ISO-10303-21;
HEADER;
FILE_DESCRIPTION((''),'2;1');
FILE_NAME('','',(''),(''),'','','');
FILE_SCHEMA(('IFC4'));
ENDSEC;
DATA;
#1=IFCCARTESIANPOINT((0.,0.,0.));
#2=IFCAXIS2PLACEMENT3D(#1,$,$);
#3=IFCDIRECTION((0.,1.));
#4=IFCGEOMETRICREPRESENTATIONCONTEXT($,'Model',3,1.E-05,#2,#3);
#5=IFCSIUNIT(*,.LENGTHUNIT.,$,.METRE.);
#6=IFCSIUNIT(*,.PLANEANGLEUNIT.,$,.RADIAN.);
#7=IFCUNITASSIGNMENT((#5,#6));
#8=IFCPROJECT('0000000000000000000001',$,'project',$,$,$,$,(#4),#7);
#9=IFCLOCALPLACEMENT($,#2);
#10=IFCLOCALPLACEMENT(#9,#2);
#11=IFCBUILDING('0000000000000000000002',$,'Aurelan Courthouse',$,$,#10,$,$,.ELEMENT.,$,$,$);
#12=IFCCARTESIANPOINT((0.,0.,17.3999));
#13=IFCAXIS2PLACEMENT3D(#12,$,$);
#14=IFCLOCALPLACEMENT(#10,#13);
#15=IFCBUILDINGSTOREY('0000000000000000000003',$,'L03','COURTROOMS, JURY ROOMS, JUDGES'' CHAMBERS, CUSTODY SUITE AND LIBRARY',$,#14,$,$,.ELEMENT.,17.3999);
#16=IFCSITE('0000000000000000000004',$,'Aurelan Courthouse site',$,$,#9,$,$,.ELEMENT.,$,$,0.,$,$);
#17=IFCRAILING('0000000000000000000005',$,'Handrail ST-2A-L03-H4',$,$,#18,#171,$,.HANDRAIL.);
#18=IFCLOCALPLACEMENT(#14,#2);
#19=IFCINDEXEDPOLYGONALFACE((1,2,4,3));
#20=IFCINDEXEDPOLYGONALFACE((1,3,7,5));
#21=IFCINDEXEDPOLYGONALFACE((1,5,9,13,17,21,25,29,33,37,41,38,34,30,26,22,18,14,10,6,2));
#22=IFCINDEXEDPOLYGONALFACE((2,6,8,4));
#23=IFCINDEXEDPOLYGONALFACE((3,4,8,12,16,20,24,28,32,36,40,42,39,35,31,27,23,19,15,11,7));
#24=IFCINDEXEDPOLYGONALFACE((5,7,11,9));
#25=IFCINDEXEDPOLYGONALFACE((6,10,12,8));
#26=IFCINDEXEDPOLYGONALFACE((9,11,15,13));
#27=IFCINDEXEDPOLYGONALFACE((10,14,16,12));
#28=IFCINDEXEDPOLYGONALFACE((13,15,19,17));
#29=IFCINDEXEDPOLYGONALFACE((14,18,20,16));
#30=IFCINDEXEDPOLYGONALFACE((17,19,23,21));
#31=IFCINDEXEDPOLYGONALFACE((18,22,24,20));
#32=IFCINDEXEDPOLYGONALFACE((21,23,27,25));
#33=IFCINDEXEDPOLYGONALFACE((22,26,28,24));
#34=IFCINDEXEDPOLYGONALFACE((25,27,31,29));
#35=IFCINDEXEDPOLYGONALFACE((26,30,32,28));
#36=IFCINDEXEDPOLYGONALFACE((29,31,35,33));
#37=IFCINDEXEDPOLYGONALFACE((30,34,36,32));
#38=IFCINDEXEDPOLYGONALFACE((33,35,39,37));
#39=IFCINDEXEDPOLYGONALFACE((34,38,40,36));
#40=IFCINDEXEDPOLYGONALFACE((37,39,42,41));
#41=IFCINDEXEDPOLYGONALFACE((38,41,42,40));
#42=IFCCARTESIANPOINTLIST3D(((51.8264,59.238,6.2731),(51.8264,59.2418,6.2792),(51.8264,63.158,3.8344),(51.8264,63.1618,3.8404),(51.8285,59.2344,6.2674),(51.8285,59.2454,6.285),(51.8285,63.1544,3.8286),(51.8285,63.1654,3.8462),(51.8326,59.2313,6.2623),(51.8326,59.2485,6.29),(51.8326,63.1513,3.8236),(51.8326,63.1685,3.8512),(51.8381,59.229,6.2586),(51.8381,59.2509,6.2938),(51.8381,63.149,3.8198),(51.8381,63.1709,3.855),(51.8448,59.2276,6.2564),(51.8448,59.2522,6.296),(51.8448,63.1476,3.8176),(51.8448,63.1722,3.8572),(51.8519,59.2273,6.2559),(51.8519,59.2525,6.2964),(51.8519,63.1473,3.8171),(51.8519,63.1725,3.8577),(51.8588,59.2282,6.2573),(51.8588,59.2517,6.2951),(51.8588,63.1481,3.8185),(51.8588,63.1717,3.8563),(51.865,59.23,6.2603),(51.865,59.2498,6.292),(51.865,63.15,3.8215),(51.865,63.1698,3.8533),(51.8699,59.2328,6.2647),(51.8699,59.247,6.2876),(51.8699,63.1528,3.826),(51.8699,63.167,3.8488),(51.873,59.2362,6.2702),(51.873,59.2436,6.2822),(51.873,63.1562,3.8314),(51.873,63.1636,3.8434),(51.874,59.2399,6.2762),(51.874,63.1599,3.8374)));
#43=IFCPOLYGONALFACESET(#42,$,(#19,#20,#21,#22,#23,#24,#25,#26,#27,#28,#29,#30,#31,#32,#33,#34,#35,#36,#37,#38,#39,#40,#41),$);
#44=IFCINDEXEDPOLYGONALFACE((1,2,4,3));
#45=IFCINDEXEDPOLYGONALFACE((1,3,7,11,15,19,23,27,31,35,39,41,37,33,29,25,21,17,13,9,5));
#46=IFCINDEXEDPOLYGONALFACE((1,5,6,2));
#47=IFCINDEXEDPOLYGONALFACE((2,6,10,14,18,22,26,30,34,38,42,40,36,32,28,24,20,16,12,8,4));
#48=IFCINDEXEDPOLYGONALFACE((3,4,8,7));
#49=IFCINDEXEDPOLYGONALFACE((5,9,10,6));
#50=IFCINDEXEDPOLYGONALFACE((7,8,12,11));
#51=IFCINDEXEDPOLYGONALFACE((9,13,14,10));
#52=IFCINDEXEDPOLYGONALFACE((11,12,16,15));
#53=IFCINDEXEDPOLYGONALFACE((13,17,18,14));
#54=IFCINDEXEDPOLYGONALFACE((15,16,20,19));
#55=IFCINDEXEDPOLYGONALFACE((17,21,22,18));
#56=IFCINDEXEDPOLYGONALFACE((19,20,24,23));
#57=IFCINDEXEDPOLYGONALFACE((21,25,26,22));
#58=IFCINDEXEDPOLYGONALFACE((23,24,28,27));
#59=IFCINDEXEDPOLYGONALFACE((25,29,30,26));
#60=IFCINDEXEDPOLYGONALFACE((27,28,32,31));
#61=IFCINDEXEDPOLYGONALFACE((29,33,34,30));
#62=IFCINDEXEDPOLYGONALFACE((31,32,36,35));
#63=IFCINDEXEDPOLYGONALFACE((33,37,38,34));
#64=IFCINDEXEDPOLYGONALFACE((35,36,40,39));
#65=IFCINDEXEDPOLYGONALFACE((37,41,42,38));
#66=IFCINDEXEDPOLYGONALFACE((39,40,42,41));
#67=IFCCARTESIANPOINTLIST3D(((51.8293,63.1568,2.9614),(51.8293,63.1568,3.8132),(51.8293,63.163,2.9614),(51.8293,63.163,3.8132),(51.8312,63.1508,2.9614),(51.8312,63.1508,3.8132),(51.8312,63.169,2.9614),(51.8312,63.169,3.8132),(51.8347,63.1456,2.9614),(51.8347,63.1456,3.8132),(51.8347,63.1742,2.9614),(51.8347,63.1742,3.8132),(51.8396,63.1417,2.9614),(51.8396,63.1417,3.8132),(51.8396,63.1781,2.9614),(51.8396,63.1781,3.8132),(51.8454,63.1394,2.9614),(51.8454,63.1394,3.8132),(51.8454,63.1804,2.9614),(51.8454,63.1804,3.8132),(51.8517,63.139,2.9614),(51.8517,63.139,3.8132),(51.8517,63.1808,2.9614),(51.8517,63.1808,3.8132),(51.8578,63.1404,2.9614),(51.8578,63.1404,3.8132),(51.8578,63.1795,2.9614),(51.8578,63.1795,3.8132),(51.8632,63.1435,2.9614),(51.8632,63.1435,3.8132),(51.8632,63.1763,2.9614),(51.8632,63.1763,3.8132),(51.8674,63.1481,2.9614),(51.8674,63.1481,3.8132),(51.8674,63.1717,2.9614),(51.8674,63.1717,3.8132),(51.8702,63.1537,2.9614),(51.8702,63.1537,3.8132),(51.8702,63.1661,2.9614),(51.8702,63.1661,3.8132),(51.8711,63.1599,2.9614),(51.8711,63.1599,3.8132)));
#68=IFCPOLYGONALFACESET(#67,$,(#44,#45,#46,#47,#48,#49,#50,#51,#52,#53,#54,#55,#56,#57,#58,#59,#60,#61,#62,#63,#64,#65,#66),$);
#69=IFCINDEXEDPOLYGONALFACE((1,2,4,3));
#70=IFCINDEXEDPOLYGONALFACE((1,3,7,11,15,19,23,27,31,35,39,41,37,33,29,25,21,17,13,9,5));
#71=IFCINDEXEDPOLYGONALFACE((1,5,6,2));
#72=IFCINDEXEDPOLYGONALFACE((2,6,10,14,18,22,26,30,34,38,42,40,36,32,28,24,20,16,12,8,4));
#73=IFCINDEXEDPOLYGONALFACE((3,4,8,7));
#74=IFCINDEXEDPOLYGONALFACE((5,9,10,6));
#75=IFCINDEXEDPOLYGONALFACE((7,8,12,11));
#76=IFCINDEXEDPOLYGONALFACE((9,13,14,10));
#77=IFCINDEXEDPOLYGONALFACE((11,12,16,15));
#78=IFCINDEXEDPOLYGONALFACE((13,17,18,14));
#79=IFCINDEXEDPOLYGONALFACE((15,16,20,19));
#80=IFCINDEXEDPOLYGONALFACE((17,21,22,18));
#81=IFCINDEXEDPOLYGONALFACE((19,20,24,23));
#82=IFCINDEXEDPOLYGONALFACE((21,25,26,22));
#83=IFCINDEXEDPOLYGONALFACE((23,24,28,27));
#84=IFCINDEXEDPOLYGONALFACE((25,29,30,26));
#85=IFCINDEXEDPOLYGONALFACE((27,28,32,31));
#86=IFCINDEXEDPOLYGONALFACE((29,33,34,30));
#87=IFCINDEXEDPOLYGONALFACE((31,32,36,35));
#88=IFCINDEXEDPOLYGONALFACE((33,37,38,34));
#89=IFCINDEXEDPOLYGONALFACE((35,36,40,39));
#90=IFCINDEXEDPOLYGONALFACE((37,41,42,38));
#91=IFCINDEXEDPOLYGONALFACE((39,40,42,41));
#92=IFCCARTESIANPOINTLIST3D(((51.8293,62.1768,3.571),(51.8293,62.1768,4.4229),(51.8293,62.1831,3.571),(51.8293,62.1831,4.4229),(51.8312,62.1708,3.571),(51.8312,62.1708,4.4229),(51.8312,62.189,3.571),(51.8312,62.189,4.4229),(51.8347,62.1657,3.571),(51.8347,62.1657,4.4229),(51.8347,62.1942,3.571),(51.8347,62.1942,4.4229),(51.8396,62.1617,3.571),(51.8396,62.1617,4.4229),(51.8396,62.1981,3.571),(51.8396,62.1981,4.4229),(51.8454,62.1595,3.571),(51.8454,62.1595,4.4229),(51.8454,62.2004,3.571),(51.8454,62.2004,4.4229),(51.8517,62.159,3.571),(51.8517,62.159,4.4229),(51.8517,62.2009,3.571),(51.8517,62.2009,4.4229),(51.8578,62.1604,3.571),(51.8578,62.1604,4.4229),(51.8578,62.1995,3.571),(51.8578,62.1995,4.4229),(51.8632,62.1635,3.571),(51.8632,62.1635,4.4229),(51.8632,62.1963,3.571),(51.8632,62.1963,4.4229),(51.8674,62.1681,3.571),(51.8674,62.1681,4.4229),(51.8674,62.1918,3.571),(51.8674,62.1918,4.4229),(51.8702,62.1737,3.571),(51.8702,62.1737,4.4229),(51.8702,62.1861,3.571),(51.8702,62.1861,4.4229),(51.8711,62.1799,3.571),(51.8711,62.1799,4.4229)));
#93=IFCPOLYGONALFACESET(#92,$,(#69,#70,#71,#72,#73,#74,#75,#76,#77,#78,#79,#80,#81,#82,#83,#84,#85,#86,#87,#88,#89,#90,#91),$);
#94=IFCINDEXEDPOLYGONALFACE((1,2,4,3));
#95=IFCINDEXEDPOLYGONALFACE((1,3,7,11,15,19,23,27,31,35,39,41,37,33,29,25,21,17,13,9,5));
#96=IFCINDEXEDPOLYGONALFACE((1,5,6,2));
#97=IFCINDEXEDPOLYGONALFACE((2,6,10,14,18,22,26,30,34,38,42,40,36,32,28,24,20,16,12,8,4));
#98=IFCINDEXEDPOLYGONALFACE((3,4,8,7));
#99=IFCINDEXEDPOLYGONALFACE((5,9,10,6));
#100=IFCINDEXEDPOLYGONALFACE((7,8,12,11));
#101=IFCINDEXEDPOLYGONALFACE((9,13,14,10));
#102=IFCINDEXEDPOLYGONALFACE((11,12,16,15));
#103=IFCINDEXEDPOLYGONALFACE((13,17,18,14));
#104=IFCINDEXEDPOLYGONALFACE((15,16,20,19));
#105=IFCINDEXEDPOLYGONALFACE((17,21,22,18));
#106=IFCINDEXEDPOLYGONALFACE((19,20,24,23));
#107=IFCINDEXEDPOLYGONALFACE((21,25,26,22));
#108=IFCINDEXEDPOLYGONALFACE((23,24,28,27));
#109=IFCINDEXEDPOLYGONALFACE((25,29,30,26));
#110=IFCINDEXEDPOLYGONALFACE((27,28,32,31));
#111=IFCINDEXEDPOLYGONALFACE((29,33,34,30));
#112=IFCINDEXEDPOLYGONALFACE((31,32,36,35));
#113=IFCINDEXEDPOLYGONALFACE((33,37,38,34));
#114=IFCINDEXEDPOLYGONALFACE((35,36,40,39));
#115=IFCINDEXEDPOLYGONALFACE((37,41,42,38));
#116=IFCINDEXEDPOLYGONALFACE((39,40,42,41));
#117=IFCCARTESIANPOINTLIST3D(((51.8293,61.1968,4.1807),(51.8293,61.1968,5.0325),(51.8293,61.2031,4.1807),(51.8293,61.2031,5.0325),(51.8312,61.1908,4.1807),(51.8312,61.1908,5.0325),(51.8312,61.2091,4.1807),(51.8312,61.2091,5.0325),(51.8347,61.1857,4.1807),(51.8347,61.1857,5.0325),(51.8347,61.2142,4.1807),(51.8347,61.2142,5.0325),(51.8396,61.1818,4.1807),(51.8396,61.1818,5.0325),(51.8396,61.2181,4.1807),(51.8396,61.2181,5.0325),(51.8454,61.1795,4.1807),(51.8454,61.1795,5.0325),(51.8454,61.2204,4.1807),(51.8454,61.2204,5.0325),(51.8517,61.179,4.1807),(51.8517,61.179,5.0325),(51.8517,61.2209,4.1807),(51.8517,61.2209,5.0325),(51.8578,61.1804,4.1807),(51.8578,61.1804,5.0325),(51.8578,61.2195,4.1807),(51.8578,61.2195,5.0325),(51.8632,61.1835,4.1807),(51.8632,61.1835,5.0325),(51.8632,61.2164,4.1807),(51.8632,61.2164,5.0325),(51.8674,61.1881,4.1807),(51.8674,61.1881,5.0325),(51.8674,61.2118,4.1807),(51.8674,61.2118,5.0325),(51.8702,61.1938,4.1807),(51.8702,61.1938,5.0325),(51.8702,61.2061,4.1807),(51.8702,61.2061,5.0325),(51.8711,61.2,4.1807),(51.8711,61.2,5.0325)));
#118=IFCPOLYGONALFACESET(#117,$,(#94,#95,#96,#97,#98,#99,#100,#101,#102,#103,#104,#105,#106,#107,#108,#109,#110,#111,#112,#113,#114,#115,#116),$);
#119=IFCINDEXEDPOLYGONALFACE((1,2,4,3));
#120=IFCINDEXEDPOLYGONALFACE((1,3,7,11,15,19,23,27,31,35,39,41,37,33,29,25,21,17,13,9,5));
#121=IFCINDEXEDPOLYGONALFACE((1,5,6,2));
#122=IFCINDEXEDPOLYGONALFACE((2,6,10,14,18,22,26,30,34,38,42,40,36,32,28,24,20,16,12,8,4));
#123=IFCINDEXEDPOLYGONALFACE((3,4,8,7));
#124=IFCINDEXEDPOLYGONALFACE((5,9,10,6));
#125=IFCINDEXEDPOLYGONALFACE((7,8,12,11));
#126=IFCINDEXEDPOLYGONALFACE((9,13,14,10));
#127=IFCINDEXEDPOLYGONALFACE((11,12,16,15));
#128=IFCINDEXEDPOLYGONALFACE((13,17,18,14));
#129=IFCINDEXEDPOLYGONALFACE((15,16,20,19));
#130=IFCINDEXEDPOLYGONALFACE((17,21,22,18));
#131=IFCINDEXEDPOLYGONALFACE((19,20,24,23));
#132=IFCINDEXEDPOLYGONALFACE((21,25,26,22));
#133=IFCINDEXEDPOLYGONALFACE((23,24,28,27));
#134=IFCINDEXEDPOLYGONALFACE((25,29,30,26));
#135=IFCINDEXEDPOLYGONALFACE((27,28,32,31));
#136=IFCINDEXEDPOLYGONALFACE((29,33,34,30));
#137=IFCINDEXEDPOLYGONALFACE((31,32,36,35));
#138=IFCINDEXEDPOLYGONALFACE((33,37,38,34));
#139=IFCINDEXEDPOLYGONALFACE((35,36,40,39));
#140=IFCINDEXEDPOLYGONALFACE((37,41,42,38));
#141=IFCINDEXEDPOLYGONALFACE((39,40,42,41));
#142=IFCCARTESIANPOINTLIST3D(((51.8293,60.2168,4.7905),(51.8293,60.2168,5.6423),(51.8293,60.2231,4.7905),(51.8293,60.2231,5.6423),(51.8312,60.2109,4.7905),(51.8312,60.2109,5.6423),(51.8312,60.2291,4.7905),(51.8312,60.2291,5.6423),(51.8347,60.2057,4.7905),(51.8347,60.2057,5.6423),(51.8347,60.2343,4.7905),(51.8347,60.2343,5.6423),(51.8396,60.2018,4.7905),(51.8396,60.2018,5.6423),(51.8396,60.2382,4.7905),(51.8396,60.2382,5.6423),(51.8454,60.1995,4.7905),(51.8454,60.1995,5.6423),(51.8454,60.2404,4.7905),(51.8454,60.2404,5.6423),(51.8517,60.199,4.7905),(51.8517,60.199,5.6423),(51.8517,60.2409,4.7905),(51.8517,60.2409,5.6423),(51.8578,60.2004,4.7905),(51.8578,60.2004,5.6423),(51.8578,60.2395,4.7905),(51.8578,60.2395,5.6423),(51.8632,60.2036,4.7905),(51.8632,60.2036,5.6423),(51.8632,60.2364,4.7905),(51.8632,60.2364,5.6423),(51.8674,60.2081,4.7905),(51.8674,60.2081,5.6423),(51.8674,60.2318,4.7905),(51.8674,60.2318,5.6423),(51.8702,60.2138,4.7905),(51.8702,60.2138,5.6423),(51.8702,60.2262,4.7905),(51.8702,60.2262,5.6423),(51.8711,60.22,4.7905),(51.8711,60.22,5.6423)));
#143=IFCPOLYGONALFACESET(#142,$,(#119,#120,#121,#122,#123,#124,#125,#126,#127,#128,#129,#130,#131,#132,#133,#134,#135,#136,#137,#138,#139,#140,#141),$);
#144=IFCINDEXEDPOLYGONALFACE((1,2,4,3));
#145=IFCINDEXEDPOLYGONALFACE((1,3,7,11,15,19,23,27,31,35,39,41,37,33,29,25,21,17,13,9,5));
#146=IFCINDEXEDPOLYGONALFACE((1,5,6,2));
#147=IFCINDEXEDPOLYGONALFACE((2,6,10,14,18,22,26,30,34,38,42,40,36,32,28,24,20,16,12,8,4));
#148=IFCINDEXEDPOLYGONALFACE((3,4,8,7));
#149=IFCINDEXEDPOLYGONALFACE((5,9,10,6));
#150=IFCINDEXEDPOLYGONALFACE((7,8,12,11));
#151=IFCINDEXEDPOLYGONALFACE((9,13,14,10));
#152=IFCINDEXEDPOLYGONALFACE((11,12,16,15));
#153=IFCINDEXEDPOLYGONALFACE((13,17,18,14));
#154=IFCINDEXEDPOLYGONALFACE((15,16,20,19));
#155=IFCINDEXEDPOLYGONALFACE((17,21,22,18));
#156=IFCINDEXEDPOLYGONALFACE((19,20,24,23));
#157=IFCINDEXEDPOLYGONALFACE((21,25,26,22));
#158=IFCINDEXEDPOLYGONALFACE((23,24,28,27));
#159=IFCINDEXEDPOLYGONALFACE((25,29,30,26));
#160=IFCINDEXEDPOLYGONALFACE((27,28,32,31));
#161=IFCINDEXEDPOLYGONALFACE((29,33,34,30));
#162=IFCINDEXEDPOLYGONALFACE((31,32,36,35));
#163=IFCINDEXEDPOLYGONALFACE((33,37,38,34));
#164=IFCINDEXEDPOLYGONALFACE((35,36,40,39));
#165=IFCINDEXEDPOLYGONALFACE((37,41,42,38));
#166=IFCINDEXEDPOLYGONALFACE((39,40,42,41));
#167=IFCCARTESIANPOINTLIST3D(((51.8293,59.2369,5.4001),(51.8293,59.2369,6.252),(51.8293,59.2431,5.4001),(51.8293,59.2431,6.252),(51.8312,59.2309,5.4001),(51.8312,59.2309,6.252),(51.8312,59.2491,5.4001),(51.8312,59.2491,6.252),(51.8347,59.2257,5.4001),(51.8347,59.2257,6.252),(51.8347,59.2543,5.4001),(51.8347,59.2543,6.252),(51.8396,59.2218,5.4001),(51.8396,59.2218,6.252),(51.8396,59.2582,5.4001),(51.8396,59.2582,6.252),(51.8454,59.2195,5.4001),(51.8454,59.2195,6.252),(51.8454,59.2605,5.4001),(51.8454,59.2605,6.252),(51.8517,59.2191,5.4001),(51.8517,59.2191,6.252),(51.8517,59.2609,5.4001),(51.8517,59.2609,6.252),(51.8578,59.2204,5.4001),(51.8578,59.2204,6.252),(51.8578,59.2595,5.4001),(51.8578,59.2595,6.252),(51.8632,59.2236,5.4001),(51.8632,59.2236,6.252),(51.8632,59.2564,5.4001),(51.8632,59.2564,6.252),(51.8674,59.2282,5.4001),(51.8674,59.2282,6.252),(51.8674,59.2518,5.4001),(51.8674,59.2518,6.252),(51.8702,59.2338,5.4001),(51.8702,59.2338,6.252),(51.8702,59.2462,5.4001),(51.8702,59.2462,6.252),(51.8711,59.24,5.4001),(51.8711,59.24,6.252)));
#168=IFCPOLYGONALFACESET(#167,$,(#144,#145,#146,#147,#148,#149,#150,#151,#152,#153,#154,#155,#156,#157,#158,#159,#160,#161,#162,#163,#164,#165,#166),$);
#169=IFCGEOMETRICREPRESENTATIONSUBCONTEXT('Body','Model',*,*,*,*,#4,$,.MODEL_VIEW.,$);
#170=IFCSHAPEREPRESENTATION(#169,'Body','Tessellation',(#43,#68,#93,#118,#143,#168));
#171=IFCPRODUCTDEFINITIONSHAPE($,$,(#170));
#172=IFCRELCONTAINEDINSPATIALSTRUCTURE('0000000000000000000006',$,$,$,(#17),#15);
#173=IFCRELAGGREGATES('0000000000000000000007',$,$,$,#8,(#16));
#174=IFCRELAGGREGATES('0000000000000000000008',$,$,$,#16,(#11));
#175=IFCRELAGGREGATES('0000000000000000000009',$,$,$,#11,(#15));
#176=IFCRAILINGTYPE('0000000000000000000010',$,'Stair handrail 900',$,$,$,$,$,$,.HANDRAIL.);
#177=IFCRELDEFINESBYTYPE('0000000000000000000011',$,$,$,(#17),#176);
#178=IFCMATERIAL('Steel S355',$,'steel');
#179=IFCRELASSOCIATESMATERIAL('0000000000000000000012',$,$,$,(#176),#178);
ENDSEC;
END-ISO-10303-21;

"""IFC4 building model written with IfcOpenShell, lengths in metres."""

from ifc_helpers import new_model, si_unit, direction, frame, origin, origin_2d, place, context, subcontext, project, spatial, circle, extrude, material, type_object, element, save


model = new_model("IFC4")

# Units and contexts
model_context = context("Model", 3, precision=1e-05, world=origin(), true_north=direction((0.0, 1.0)))
body_context = subcontext(model_context, "Body", "Model", "MODEL_VIEW")
ifc_project = project(units=[si_unit("LENGTHUNIT", "METRE"), si_unit("PLANEANGLEUNIT", "RADIAN")], contexts=[model_context])

# Site, building, storey
site_placement = place(None, origin())
site = spatial("IfcSite", under=ifc_project, at=site_placement, Name="Aurelan Courthouse site", CompositionType="ELEMENT", RefElevation=0.0)
building_placement = place(site_placement, origin())
building = spatial("IfcBuilding", under=site, at=building_placement, Name="Aurelan Courthouse", CompositionType="ELEMENT")
storey_placement = place(building_placement, frame((0.0, 0.0, 17.3999)))
storey = spatial("IfcBuildingStorey", under=building, at=storey_placement, Name="L03", Description="COURTROOMS, JURY ROOMS, JUDGES' CHAMBERS, CUSTODY SUITE AND LIBRARY", CompositionType="ELEMENT", Elevation=17.3999)

# Railing
ifc_material_1 = material(Name="Steel S355", Category="steel")
railing_type_1 = type_object("IfcRailingType", Name="Stair handrail 900", PredefinedType="HANDRAIL", material=ifc_material_1)
for number, where, name in (
    (1, (51.8501, 63.1599, 2.9614), "Handrail ST-2A-L03-H4"),
):
    element("IfcRailing", number, at=place(storey_placement, frame(where)), inside=storey, type_object=railing_type_1, Name=name, PredefinedType="HANDRAIL", context=body_context, shape_type="SweptSolid", body=[
        extrude(circle(Radius=0.0239, at=origin_2d()), frame((0.0, 0.0, 0.876), z_axis=(0.0, -0.84909, 0.528249), x_axis=(1.0, 0.0, 0.0)), (0.0, 0.0, 1.0), 4.6167),
        extrude(circle(Radius=0.021, at=origin_2d()), origin(), (0.0, 0.0, 1.0), 0.8518),
        extrude(circle(Radius=0.021, at=origin_2d()), frame((0.0, -0.98, 0.6096)), (0.0, 0.0, 1.0), 0.8518),
        extrude(circle(Radius=0.021, at=origin_2d()), frame((0.0, -1.96, 1.2192)), (0.0, 0.0, 1.0), 0.8518),
        extrude(circle(Radius=0.021, at=origin_2d()), frame((0.0, -2.9399, 1.8291)), (0.0, 0.0, 1.0), 0.8518),
        extrude(circle(Radius=0.021, at=origin_2d()), frame((0.0, -3.9199, 2.4387)), (0.0, 0.0, 1.0), 0.8518),
    ])

save(model, "model.ifc")
